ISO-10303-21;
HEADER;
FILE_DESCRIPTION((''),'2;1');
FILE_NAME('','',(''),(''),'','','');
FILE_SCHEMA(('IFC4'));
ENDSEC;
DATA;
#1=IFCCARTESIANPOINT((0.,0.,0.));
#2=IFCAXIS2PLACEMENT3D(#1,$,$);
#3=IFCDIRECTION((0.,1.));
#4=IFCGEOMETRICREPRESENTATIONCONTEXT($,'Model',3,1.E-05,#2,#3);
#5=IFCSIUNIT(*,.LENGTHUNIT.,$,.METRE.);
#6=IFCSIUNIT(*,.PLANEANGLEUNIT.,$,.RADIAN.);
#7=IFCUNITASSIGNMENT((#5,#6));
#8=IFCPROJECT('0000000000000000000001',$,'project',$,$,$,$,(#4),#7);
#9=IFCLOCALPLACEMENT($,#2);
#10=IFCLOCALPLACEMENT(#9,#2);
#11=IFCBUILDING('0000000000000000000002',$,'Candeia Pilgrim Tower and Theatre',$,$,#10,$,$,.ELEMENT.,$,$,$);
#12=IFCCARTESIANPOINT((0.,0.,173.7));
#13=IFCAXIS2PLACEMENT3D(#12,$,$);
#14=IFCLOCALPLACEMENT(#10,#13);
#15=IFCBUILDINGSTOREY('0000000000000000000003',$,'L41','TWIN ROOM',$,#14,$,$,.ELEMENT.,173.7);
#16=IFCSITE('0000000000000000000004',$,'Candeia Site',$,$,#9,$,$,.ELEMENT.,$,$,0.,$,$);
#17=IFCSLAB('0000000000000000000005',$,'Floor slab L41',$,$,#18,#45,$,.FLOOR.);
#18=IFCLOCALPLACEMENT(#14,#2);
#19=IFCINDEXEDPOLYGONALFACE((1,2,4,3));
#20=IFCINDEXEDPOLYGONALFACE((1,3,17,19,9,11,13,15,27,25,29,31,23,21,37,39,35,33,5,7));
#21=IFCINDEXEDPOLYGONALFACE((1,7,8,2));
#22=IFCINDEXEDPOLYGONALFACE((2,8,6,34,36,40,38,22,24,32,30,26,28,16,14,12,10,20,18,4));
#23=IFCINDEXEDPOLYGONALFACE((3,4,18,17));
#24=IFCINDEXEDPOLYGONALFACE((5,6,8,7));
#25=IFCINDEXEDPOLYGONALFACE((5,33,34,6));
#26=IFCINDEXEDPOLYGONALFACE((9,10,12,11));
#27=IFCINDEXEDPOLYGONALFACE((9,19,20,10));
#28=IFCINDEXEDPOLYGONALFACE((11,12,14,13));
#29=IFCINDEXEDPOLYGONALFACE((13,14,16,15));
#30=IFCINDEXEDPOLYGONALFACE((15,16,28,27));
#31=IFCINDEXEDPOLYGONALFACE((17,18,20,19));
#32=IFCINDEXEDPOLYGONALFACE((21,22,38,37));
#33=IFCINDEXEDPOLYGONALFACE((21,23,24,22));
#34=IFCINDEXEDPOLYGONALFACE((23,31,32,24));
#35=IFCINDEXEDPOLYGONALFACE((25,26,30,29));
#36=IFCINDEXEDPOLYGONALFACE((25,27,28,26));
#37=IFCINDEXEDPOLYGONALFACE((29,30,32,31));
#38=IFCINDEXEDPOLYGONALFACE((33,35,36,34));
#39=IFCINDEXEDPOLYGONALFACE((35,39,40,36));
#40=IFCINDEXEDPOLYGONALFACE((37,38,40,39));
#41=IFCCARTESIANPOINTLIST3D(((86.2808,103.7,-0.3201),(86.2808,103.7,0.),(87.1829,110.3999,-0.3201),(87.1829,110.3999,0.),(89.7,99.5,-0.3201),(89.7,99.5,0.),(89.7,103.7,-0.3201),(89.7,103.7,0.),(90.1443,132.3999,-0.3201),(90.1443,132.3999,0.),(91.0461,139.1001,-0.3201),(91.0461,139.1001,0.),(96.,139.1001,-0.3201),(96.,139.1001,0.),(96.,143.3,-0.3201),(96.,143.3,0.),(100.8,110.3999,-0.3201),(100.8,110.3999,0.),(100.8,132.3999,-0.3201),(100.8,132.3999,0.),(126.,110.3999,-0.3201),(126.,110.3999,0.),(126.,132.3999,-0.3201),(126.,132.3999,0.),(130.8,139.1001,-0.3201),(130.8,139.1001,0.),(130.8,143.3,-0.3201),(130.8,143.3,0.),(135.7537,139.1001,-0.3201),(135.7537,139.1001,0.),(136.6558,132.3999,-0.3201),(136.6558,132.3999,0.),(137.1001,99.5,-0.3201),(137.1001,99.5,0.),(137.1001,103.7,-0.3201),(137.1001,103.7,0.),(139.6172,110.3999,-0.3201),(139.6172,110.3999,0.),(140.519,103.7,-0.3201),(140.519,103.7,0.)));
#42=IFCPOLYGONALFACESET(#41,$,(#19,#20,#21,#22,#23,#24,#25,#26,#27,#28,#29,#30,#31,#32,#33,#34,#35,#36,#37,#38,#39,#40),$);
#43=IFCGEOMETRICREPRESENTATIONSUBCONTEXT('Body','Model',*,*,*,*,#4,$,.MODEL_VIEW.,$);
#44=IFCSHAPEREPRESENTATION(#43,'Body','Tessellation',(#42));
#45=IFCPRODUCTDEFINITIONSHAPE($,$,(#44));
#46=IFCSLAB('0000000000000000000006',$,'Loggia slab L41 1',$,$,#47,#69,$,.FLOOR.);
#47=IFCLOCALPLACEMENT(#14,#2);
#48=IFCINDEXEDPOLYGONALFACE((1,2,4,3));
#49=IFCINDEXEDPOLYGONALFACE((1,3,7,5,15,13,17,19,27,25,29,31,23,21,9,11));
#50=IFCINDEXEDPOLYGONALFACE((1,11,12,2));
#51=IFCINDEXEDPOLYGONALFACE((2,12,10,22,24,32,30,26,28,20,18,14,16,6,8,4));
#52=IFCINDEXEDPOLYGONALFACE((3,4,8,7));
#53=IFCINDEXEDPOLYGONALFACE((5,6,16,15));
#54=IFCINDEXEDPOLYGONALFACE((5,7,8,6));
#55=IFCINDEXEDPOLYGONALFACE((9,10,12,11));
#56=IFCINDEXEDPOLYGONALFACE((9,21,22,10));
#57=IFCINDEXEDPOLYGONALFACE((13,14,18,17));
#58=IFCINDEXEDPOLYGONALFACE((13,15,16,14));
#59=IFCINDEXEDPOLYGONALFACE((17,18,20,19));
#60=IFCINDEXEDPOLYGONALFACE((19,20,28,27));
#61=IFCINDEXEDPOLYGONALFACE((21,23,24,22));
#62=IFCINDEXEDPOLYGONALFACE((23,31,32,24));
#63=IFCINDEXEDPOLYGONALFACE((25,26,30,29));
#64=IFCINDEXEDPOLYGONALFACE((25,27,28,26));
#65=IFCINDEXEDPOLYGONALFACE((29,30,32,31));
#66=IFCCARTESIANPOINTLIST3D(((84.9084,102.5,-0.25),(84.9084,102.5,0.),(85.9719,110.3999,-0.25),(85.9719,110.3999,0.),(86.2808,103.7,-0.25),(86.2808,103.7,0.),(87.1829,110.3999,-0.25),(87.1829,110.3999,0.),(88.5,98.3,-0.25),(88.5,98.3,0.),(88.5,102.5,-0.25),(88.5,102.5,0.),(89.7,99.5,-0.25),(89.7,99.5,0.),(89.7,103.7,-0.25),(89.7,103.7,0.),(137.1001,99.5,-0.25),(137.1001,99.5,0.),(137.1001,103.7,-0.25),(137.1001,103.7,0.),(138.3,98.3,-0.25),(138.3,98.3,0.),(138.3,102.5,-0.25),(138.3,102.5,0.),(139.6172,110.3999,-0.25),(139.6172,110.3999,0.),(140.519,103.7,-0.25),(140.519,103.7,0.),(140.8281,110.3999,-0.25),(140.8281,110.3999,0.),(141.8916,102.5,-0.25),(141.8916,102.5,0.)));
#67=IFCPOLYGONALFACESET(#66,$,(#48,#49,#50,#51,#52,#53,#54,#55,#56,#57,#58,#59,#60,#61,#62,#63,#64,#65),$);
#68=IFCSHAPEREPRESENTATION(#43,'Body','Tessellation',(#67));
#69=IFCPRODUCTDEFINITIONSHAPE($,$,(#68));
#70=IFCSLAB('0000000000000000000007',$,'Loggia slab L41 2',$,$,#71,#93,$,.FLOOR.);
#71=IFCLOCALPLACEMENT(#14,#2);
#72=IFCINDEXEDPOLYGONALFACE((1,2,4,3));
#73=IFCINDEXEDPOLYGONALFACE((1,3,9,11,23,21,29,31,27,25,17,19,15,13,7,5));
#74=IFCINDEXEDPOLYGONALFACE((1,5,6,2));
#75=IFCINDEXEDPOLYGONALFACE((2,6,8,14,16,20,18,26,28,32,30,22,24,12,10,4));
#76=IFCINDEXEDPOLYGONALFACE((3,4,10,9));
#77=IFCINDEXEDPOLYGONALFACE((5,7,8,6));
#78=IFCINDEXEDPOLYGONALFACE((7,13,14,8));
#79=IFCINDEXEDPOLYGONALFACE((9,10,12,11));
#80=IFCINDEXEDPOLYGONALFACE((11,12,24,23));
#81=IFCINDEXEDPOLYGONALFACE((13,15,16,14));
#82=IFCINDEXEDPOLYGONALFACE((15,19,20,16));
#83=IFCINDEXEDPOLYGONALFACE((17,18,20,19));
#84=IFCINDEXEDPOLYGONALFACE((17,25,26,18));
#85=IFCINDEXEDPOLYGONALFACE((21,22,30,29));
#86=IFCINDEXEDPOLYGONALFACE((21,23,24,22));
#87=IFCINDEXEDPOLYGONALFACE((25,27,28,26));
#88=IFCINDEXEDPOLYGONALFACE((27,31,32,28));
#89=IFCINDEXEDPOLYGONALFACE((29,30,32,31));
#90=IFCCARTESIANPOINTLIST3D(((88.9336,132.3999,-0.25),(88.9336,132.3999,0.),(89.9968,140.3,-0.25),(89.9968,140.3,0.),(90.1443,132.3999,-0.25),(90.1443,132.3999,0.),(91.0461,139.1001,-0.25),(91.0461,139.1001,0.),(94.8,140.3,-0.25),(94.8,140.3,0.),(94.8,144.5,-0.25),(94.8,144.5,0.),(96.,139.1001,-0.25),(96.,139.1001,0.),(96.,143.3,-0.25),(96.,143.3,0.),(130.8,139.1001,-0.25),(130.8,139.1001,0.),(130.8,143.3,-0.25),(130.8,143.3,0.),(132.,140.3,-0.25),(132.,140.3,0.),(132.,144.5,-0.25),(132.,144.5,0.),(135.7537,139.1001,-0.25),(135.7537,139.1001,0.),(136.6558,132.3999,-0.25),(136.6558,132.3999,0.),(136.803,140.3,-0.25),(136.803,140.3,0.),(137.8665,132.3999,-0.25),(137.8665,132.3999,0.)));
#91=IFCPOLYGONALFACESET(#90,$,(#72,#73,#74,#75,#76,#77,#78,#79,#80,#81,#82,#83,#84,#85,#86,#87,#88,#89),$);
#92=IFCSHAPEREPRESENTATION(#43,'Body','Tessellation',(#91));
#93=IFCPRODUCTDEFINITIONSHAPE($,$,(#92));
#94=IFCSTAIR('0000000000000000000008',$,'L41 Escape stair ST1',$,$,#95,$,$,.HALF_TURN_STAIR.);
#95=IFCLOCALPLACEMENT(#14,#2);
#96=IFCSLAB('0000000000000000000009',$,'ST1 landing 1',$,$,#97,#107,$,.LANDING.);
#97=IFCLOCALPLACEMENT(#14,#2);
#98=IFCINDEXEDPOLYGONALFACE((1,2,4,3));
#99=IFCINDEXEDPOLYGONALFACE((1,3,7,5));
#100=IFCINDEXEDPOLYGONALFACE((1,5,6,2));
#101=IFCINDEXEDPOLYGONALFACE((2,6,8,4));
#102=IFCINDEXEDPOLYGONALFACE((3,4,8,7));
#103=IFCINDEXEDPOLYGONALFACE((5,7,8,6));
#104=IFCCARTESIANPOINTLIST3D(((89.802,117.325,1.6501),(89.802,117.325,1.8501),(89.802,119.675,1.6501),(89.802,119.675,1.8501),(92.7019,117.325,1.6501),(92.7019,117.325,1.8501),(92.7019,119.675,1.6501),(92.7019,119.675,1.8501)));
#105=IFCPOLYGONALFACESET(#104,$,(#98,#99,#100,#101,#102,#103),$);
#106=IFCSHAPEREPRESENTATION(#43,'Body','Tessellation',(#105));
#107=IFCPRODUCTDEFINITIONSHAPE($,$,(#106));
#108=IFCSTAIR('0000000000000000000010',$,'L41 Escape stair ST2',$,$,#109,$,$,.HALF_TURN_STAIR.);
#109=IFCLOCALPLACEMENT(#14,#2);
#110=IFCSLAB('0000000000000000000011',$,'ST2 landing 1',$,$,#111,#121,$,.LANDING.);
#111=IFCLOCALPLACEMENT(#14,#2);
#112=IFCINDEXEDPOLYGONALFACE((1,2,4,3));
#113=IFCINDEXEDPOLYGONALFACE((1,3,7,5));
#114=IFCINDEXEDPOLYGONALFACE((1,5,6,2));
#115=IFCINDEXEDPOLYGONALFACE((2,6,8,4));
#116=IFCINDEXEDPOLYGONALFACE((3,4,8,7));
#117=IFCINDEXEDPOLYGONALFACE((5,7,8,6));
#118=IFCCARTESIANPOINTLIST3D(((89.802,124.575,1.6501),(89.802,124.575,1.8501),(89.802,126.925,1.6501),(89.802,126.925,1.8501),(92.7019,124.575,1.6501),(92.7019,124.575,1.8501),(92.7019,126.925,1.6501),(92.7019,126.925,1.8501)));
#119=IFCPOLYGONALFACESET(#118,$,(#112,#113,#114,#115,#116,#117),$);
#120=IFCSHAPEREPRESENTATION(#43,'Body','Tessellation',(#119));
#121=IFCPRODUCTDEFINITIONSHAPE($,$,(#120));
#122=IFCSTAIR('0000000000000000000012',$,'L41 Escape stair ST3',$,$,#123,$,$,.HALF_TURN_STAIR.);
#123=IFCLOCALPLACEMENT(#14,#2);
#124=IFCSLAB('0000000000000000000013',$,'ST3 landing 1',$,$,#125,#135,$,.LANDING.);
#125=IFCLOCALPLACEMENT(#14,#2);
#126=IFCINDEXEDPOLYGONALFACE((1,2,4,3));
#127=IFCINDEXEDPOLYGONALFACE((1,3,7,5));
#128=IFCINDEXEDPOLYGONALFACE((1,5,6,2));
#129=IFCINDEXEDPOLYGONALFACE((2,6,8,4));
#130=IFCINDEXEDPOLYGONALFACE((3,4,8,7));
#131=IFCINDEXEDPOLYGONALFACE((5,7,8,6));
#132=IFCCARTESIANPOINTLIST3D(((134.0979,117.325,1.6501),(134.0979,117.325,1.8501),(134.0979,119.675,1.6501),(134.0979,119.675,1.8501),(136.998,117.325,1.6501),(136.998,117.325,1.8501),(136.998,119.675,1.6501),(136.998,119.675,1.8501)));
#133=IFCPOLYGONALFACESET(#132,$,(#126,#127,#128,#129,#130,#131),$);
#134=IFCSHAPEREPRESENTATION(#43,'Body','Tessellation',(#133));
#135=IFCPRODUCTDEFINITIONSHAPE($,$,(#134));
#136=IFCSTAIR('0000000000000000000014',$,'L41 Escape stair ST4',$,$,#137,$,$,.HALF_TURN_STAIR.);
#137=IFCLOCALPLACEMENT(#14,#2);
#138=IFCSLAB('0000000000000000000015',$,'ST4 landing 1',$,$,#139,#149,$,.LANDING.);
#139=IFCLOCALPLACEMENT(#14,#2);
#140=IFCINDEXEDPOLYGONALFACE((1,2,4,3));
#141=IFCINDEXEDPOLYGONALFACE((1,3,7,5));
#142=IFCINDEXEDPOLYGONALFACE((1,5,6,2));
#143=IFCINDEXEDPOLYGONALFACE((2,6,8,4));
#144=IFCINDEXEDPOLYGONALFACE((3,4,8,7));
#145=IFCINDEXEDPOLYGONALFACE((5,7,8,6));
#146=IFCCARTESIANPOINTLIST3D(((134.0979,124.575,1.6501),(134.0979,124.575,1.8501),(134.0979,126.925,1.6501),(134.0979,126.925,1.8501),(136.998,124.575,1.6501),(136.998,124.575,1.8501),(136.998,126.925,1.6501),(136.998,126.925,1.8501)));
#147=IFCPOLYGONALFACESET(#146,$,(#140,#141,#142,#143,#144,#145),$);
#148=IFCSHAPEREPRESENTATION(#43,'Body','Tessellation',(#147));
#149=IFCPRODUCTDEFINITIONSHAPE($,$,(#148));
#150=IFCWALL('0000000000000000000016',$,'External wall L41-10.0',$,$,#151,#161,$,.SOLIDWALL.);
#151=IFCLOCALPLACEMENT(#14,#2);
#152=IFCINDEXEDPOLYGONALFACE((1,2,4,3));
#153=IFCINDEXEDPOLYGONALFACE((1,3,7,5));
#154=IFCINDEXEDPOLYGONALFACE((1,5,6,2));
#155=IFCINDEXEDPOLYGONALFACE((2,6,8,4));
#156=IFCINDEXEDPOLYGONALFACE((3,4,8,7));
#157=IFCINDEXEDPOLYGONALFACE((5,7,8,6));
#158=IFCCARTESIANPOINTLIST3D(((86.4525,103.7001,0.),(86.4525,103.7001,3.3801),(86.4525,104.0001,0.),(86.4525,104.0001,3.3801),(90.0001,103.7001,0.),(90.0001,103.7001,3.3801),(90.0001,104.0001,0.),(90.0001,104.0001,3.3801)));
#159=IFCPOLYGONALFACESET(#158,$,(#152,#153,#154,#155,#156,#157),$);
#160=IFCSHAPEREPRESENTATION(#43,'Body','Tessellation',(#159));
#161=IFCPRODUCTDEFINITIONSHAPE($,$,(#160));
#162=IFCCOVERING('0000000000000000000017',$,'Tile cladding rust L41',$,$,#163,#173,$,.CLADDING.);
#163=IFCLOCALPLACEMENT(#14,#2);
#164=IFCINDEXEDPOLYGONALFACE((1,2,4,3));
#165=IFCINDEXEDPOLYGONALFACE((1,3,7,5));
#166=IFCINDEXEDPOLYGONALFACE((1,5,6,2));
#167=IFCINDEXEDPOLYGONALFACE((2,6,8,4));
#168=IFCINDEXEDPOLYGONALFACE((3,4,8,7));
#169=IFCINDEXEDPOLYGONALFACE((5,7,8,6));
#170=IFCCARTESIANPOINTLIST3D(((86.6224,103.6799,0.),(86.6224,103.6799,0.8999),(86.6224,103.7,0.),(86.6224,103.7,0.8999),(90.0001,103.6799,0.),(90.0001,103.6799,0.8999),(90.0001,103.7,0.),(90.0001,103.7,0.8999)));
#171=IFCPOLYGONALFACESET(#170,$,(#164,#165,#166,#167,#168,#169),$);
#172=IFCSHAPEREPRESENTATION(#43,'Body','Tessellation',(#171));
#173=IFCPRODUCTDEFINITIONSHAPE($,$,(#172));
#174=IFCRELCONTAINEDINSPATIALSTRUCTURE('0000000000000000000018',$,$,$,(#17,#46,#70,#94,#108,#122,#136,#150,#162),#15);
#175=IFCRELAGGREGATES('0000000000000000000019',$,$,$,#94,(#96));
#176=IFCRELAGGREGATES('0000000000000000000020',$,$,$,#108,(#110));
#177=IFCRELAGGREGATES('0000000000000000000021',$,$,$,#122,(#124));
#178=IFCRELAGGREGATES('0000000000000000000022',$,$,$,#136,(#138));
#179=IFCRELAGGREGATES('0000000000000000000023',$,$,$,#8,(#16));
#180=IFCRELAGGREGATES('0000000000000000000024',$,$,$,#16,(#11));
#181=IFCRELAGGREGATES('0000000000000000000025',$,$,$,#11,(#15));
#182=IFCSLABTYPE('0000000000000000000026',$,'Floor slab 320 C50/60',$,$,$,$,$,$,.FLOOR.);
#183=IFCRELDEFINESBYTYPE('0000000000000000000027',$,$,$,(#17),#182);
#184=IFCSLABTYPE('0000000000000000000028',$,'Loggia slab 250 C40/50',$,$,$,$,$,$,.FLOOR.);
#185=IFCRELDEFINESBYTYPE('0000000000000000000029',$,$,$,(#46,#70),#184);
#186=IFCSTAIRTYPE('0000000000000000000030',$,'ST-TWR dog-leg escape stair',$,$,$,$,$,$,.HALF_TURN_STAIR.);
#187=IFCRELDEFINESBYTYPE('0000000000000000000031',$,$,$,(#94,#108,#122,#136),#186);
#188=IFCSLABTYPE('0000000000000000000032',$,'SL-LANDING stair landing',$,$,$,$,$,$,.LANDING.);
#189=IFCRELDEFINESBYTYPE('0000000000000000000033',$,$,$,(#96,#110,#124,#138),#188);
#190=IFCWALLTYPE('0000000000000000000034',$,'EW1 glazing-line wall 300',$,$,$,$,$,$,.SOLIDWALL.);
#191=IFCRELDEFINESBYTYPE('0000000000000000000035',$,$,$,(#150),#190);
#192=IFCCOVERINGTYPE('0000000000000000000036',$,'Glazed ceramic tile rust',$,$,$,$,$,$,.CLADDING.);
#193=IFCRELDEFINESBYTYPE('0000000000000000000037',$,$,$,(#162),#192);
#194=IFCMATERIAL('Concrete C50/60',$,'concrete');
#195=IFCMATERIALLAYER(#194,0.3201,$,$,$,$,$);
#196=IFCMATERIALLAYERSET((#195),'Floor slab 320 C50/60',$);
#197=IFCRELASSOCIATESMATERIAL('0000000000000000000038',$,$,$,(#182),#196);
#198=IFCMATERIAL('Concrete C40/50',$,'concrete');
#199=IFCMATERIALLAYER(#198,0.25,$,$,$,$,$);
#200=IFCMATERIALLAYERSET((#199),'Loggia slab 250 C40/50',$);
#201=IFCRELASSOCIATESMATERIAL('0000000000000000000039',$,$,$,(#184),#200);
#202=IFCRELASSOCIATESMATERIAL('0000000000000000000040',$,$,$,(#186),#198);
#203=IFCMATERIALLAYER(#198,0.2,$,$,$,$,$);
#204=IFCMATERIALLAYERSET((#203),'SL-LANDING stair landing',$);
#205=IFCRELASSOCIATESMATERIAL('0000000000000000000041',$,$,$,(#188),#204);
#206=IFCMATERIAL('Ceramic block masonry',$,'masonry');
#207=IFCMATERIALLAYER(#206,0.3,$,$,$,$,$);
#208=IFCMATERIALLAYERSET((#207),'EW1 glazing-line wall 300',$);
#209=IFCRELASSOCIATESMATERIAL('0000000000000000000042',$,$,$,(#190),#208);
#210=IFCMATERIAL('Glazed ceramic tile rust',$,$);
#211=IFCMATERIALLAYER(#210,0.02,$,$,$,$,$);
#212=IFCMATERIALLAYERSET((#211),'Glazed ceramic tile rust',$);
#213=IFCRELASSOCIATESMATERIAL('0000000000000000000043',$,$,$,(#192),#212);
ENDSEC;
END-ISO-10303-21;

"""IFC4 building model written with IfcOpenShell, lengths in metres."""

from ifc_helpers import new_model, si_unit, direction, frame, frame_2d, origin, origin_2d, place, context, subcontext, project, spatial, polyline, rectangle, outline, extrude, material, layer, layer_set, type_object, element, aggregate, save


model = new_model("IFC4")

# Units and contexts
model_context = context("Model", 3, precision=1e-05, world=origin(), true_north=direction((0.0, 1.0)))
body_context = subcontext(model_context, "Body", "Model", "MODEL_VIEW")
ifc_project = project(units=[si_unit("LENGTHUNIT", "METRE"), si_unit("PLANEANGLEUNIT", "RADIAN")], contexts=[model_context])

# Site, building, storey
site_placement = place(None, origin())
site = spatial("IfcSite", under=ifc_project, at=site_placement, Name="Candeia Site", CompositionType="ELEMENT", RefElevation=0.0)
building_placement = place(site_placement, origin())
building = spatial("IfcBuilding", under=site, at=building_placement, Name="Candeia Pilgrim Tower and Theatre", CompositionType="ELEMENT")
storey_placement = place(building_placement, frame((0.0, 0.0, 173.7)))
storey = spatial("IfcBuildingStorey", under=building, at=storey_placement, Name="L41", Description="TWIN ROOM", CompositionType="ELEMENT", Elevation=173.7)

# Slabs
ifc_material_1 = material(Name="Concrete C40/50", Category="concrete")
ifc_material_2 = material(Name="Concrete C50/60", Category="concrete")
ifc_layer_1 = layer(ifc_material_2, 0.3201)
ifc_layer_set_1 = layer_set([ifc_layer_1], Name="Floor slab 320 C50/60")
slab_type_1 = type_object("IfcSlabType", Name="Floor slab 320 C50/60", PredefinedType="FLOOR", material=ifc_layer_set_1)
slab_1_placement = place(storey_placement, frame((0.0, 0.0, -0.3201)))
element("IfcSlab", 1, at=slab_1_placement, inside=storey, type_object=slab_type_1, Name="Floor slab L41", PredefinedType="FLOOR", context=body_context, shape_type="SweptSolid", body=[
    extrude(outline(polyline([(96.0, 139.1001), (96.0, 143.3), (130.8, 143.3), (130.8, 139.1001), (135.7537, 139.1001), (136.6558, 132.3999), (126.0, 132.3999), (126.0, 110.3999), (139.6172, 110.3999), (140.519, 103.7), (137.1001, 103.7), (137.1001, 99.5), (89.7, 99.5), (89.7, 103.7), (86.2808, 103.7), (87.1829, 110.3999), (100.8, 110.3999), (100.8, 132.3999), (90.1443, 132.3999), (91.0461, 139.1001), (96.0, 139.1001)])), origin(), (0.0, 0.0, 1.0), 0.3201),
])
ifc_layer_2 = layer(ifc_material_1, 0.25)
ifc_layer_set_2 = layer_set([ifc_layer_2], Name="Loggia slab 250 C40/50")
slab_type_2 = type_object("IfcSlabType", Name="Loggia slab 250 C40/50", PredefinedType="FLOOR", material=ifc_layer_set_2)
slab_2_placement = place(storey_placement, frame((0.0, 0.0, -0.25)))
element("IfcSlab", 2, at=slab_2_placement, inside=storey, type_object=slab_type_2, Name="Loggia slab L41 1", PredefinedType="FLOOR", context=body_context, shape_type="SweptSolid", body=[
    extrude(outline(polyline([(87.1829, 110.3999), (86.2808, 103.7), (89.7, 103.7), (89.7, 99.5), (137.1001, 99.5), (137.1001, 103.7), (140.519, 103.7), (139.6172, 110.3999), (140.8281, 110.3999), (141.8916, 102.5), (138.3, 102.5), (138.3, 98.3), (88.5, 98.3), (88.5, 102.5), (84.9084, 102.5), (85.9719, 110.3999), (87.1829, 110.3999)])), origin(), (0.0, 0.0, 1.0), 0.25),
])
slab_3_placement = place(storey_placement, frame((0.0, 0.0, -0.25)))
element("IfcSlab", 3, at=slab_3_placement, inside=storey, type_object=slab_type_2, Name="Loggia slab L41 2", PredefinedType="FLOOR", context=body_context, shape_type="SweptSolid", body=[
    extrude(outline(polyline([(136.6558, 132.3999), (135.7537, 139.1001), (130.8, 139.1001), (130.8, 143.3), (96.0, 143.3), (96.0, 139.1001), (91.0461, 139.1001), (90.1443, 132.3999), (88.9336, 132.3999), (89.9968, 140.3), (94.8, 140.3), (94.8, 144.5), (132.0, 144.5), (132.0, 140.3), (136.803, 140.3), (137.8665, 132.3999), (136.6558, 132.3999)])), origin(), (0.0, 0.0, 1.0), 0.25),
])

# Stairs, slabs
stair_type = type_object("IfcStairType", Name="ST-TWR dog-leg escape stair", PredefinedType="HALF_TURN_STAIR", material=ifc_material_1)
stair_1_placement = place(storey_placement, origin())
stair_1 = element("IfcStair", 4, at=stair_1_placement, inside=storey, type_object=stair_type, Name="L41 Escape stair ST1", PredefinedType="HALF_TURN_STAIR")
ifc_layer_3 = layer(ifc_material_1, 0.2)
ifc_layer_set_3 = layer_set([ifc_layer_3], Name="SL-LANDING stair landing")
slab_type_3 = type_object("IfcSlabType", Name="SL-LANDING stair landing", PredefinedType="LANDING", material=ifc_layer_set_3)
slab_4_placement = place(storey_placement, frame((0.0, 0.0, 1.6501)))
slab_4 = element("IfcSlab", 5, at=slab_4_placement, type_object=slab_type_3, Name="ST1 landing 1", PredefinedType="LANDING", context=body_context, shape_type="SweptSolid", body=[
    extrude(outline(polyline([(89.802, 119.675), (89.802, 117.325), (92.7019, 117.325), (92.7019, 119.675), (89.802, 119.675)])), origin(), (0.0, 0.0, 1.0), 0.2),
])
aggregate(stair_1, [slab_4])
stair_2_placement = place(storey_placement, origin())
stair_2 = element("IfcStair", 6, at=stair_2_placement, inside=storey, type_object=stair_type, Name="L41 Escape stair ST2", PredefinedType="HALF_TURN_STAIR")
slab_5_placement = place(storey_placement, frame((0.0, 0.0, 1.6501)))
slab_5 = element("IfcSlab", 7, at=slab_5_placement, type_object=slab_type_3, Name="ST2 landing 1", PredefinedType="LANDING", context=body_context, shape_type="SweptSolid", body=[
    extrude(outline(polyline([(89.802, 126.925), (89.802, 124.575), (92.7019, 124.575), (92.7019, 126.925), (89.802, 126.925)])), origin(), (0.0, 0.0, 1.0), 0.2),
])
aggregate(stair_2, [slab_5])
stair_3_placement = place(storey_placement, origin())
stair_3 = element("IfcStair", 8, at=stair_3_placement, inside=storey, type_object=stair_type, Name="L41 Escape stair ST3", PredefinedType="HALF_TURN_STAIR")
slab_6_placement = place(storey_placement, frame((0.0, 0.0, 1.6501)))
slab_6 = element("IfcSlab", 9, at=slab_6_placement, type_object=slab_type_3, Name="ST3 landing 1", PredefinedType="LANDING", context=body_context, shape_type="SweptSolid", body=[
    extrude(outline(polyline([(134.0979, 119.675), (134.0979, 117.325), (136.998, 117.325), (136.998, 119.675), (134.0979, 119.675)])), origin(), (0.0, 0.0, 1.0), 0.2),
])
aggregate(stair_3, [slab_6])
stair_4_placement = place(storey_placement, origin())
stair_4 = element("IfcStair", 10, at=stair_4_placement, inside=storey, type_object=stair_type, Name="L41 Escape stair ST4", PredefinedType="HALF_TURN_STAIR")
slab_7_placement = place(storey_placement, frame((0.0, 0.0, 1.6501)))
slab_7 = element("IfcSlab", 11, at=slab_7_placement, type_object=slab_type_3, Name="ST4 landing 1", PredefinedType="LANDING", context=body_context, shape_type="SweptSolid", body=[
    extrude(outline(polyline([(134.0979, 126.925), (134.0979, 124.575), (136.998, 124.575), (136.998, 126.925), (134.0979, 126.925)])), origin(), (0.0, 0.0, 1.0), 0.2),
])
aggregate(stair_4, [slab_7])

# Wall
ifc_material_3 = material(Name="Ceramic block masonry", Category="masonry")
ifc_layer_4 = layer(ifc_material_3, 0.3)
ifc_layer_set_4 = layer_set([ifc_layer_4], Name="EW1 glazing-line wall 300")
wall_type = type_object("IfcWallType", Name="EW1 glazing-line wall 300", PredefinedType="SOLIDWALL", material=ifc_layer_set_4)
wall_placement = place(storey_placement, frame((86.4524, 103.8501, 0.0), z_axis=(0.0, 0.0, 1.0), x_axis=(1.0, 0.0, 0.0)))
element("IfcWall", 12, at=wall_placement, inside=storey, type_object=wall_type, Name="External wall L41-10.0", PredefinedType="SOLIDWALL", context=body_context, shape_type="SweptSolid", body=[
    extrude(rectangle(XDim=3.5476, YDim=0.3, at=frame_2d((1.7739, 0.0))), origin(), (0.0, 0.0, 1.0), 3.3801),
])

# Covering
ifc_material_4 = material(Name="Glazed ceramic tile rust")
ifc_layer_5 = layer(ifc_material_4, 0.02)
ifc_layer_set_5 = layer_set([ifc_layer_5], Name="Glazed ceramic tile rust")
covering_type = type_object("IfcCoveringType", Name="Glazed ceramic tile rust", PredefinedType="CLADDING", material=ifc_layer_set_5)
covering_placement = place(storey_placement, frame((88.3113, 103.6899, 0.0), z_axis=(0.0, 0.0, 1.0), x_axis=(1.0, 0.0, 0.0)))
element("IfcCovering", 13, at=covering_placement, inside=storey, type_object=covering_type, Name="Tile cladding rust L41", PredefinedType="CLADDING", context=body_context, shape_type="SweptSolid", body=[
    extrude(rectangle(XDim=3.3777, YDim=0.02, at=origin_2d()), origin(), (0.0, 0.0, 1.0), 0.8999),
])

save(model, "model.ifc")
